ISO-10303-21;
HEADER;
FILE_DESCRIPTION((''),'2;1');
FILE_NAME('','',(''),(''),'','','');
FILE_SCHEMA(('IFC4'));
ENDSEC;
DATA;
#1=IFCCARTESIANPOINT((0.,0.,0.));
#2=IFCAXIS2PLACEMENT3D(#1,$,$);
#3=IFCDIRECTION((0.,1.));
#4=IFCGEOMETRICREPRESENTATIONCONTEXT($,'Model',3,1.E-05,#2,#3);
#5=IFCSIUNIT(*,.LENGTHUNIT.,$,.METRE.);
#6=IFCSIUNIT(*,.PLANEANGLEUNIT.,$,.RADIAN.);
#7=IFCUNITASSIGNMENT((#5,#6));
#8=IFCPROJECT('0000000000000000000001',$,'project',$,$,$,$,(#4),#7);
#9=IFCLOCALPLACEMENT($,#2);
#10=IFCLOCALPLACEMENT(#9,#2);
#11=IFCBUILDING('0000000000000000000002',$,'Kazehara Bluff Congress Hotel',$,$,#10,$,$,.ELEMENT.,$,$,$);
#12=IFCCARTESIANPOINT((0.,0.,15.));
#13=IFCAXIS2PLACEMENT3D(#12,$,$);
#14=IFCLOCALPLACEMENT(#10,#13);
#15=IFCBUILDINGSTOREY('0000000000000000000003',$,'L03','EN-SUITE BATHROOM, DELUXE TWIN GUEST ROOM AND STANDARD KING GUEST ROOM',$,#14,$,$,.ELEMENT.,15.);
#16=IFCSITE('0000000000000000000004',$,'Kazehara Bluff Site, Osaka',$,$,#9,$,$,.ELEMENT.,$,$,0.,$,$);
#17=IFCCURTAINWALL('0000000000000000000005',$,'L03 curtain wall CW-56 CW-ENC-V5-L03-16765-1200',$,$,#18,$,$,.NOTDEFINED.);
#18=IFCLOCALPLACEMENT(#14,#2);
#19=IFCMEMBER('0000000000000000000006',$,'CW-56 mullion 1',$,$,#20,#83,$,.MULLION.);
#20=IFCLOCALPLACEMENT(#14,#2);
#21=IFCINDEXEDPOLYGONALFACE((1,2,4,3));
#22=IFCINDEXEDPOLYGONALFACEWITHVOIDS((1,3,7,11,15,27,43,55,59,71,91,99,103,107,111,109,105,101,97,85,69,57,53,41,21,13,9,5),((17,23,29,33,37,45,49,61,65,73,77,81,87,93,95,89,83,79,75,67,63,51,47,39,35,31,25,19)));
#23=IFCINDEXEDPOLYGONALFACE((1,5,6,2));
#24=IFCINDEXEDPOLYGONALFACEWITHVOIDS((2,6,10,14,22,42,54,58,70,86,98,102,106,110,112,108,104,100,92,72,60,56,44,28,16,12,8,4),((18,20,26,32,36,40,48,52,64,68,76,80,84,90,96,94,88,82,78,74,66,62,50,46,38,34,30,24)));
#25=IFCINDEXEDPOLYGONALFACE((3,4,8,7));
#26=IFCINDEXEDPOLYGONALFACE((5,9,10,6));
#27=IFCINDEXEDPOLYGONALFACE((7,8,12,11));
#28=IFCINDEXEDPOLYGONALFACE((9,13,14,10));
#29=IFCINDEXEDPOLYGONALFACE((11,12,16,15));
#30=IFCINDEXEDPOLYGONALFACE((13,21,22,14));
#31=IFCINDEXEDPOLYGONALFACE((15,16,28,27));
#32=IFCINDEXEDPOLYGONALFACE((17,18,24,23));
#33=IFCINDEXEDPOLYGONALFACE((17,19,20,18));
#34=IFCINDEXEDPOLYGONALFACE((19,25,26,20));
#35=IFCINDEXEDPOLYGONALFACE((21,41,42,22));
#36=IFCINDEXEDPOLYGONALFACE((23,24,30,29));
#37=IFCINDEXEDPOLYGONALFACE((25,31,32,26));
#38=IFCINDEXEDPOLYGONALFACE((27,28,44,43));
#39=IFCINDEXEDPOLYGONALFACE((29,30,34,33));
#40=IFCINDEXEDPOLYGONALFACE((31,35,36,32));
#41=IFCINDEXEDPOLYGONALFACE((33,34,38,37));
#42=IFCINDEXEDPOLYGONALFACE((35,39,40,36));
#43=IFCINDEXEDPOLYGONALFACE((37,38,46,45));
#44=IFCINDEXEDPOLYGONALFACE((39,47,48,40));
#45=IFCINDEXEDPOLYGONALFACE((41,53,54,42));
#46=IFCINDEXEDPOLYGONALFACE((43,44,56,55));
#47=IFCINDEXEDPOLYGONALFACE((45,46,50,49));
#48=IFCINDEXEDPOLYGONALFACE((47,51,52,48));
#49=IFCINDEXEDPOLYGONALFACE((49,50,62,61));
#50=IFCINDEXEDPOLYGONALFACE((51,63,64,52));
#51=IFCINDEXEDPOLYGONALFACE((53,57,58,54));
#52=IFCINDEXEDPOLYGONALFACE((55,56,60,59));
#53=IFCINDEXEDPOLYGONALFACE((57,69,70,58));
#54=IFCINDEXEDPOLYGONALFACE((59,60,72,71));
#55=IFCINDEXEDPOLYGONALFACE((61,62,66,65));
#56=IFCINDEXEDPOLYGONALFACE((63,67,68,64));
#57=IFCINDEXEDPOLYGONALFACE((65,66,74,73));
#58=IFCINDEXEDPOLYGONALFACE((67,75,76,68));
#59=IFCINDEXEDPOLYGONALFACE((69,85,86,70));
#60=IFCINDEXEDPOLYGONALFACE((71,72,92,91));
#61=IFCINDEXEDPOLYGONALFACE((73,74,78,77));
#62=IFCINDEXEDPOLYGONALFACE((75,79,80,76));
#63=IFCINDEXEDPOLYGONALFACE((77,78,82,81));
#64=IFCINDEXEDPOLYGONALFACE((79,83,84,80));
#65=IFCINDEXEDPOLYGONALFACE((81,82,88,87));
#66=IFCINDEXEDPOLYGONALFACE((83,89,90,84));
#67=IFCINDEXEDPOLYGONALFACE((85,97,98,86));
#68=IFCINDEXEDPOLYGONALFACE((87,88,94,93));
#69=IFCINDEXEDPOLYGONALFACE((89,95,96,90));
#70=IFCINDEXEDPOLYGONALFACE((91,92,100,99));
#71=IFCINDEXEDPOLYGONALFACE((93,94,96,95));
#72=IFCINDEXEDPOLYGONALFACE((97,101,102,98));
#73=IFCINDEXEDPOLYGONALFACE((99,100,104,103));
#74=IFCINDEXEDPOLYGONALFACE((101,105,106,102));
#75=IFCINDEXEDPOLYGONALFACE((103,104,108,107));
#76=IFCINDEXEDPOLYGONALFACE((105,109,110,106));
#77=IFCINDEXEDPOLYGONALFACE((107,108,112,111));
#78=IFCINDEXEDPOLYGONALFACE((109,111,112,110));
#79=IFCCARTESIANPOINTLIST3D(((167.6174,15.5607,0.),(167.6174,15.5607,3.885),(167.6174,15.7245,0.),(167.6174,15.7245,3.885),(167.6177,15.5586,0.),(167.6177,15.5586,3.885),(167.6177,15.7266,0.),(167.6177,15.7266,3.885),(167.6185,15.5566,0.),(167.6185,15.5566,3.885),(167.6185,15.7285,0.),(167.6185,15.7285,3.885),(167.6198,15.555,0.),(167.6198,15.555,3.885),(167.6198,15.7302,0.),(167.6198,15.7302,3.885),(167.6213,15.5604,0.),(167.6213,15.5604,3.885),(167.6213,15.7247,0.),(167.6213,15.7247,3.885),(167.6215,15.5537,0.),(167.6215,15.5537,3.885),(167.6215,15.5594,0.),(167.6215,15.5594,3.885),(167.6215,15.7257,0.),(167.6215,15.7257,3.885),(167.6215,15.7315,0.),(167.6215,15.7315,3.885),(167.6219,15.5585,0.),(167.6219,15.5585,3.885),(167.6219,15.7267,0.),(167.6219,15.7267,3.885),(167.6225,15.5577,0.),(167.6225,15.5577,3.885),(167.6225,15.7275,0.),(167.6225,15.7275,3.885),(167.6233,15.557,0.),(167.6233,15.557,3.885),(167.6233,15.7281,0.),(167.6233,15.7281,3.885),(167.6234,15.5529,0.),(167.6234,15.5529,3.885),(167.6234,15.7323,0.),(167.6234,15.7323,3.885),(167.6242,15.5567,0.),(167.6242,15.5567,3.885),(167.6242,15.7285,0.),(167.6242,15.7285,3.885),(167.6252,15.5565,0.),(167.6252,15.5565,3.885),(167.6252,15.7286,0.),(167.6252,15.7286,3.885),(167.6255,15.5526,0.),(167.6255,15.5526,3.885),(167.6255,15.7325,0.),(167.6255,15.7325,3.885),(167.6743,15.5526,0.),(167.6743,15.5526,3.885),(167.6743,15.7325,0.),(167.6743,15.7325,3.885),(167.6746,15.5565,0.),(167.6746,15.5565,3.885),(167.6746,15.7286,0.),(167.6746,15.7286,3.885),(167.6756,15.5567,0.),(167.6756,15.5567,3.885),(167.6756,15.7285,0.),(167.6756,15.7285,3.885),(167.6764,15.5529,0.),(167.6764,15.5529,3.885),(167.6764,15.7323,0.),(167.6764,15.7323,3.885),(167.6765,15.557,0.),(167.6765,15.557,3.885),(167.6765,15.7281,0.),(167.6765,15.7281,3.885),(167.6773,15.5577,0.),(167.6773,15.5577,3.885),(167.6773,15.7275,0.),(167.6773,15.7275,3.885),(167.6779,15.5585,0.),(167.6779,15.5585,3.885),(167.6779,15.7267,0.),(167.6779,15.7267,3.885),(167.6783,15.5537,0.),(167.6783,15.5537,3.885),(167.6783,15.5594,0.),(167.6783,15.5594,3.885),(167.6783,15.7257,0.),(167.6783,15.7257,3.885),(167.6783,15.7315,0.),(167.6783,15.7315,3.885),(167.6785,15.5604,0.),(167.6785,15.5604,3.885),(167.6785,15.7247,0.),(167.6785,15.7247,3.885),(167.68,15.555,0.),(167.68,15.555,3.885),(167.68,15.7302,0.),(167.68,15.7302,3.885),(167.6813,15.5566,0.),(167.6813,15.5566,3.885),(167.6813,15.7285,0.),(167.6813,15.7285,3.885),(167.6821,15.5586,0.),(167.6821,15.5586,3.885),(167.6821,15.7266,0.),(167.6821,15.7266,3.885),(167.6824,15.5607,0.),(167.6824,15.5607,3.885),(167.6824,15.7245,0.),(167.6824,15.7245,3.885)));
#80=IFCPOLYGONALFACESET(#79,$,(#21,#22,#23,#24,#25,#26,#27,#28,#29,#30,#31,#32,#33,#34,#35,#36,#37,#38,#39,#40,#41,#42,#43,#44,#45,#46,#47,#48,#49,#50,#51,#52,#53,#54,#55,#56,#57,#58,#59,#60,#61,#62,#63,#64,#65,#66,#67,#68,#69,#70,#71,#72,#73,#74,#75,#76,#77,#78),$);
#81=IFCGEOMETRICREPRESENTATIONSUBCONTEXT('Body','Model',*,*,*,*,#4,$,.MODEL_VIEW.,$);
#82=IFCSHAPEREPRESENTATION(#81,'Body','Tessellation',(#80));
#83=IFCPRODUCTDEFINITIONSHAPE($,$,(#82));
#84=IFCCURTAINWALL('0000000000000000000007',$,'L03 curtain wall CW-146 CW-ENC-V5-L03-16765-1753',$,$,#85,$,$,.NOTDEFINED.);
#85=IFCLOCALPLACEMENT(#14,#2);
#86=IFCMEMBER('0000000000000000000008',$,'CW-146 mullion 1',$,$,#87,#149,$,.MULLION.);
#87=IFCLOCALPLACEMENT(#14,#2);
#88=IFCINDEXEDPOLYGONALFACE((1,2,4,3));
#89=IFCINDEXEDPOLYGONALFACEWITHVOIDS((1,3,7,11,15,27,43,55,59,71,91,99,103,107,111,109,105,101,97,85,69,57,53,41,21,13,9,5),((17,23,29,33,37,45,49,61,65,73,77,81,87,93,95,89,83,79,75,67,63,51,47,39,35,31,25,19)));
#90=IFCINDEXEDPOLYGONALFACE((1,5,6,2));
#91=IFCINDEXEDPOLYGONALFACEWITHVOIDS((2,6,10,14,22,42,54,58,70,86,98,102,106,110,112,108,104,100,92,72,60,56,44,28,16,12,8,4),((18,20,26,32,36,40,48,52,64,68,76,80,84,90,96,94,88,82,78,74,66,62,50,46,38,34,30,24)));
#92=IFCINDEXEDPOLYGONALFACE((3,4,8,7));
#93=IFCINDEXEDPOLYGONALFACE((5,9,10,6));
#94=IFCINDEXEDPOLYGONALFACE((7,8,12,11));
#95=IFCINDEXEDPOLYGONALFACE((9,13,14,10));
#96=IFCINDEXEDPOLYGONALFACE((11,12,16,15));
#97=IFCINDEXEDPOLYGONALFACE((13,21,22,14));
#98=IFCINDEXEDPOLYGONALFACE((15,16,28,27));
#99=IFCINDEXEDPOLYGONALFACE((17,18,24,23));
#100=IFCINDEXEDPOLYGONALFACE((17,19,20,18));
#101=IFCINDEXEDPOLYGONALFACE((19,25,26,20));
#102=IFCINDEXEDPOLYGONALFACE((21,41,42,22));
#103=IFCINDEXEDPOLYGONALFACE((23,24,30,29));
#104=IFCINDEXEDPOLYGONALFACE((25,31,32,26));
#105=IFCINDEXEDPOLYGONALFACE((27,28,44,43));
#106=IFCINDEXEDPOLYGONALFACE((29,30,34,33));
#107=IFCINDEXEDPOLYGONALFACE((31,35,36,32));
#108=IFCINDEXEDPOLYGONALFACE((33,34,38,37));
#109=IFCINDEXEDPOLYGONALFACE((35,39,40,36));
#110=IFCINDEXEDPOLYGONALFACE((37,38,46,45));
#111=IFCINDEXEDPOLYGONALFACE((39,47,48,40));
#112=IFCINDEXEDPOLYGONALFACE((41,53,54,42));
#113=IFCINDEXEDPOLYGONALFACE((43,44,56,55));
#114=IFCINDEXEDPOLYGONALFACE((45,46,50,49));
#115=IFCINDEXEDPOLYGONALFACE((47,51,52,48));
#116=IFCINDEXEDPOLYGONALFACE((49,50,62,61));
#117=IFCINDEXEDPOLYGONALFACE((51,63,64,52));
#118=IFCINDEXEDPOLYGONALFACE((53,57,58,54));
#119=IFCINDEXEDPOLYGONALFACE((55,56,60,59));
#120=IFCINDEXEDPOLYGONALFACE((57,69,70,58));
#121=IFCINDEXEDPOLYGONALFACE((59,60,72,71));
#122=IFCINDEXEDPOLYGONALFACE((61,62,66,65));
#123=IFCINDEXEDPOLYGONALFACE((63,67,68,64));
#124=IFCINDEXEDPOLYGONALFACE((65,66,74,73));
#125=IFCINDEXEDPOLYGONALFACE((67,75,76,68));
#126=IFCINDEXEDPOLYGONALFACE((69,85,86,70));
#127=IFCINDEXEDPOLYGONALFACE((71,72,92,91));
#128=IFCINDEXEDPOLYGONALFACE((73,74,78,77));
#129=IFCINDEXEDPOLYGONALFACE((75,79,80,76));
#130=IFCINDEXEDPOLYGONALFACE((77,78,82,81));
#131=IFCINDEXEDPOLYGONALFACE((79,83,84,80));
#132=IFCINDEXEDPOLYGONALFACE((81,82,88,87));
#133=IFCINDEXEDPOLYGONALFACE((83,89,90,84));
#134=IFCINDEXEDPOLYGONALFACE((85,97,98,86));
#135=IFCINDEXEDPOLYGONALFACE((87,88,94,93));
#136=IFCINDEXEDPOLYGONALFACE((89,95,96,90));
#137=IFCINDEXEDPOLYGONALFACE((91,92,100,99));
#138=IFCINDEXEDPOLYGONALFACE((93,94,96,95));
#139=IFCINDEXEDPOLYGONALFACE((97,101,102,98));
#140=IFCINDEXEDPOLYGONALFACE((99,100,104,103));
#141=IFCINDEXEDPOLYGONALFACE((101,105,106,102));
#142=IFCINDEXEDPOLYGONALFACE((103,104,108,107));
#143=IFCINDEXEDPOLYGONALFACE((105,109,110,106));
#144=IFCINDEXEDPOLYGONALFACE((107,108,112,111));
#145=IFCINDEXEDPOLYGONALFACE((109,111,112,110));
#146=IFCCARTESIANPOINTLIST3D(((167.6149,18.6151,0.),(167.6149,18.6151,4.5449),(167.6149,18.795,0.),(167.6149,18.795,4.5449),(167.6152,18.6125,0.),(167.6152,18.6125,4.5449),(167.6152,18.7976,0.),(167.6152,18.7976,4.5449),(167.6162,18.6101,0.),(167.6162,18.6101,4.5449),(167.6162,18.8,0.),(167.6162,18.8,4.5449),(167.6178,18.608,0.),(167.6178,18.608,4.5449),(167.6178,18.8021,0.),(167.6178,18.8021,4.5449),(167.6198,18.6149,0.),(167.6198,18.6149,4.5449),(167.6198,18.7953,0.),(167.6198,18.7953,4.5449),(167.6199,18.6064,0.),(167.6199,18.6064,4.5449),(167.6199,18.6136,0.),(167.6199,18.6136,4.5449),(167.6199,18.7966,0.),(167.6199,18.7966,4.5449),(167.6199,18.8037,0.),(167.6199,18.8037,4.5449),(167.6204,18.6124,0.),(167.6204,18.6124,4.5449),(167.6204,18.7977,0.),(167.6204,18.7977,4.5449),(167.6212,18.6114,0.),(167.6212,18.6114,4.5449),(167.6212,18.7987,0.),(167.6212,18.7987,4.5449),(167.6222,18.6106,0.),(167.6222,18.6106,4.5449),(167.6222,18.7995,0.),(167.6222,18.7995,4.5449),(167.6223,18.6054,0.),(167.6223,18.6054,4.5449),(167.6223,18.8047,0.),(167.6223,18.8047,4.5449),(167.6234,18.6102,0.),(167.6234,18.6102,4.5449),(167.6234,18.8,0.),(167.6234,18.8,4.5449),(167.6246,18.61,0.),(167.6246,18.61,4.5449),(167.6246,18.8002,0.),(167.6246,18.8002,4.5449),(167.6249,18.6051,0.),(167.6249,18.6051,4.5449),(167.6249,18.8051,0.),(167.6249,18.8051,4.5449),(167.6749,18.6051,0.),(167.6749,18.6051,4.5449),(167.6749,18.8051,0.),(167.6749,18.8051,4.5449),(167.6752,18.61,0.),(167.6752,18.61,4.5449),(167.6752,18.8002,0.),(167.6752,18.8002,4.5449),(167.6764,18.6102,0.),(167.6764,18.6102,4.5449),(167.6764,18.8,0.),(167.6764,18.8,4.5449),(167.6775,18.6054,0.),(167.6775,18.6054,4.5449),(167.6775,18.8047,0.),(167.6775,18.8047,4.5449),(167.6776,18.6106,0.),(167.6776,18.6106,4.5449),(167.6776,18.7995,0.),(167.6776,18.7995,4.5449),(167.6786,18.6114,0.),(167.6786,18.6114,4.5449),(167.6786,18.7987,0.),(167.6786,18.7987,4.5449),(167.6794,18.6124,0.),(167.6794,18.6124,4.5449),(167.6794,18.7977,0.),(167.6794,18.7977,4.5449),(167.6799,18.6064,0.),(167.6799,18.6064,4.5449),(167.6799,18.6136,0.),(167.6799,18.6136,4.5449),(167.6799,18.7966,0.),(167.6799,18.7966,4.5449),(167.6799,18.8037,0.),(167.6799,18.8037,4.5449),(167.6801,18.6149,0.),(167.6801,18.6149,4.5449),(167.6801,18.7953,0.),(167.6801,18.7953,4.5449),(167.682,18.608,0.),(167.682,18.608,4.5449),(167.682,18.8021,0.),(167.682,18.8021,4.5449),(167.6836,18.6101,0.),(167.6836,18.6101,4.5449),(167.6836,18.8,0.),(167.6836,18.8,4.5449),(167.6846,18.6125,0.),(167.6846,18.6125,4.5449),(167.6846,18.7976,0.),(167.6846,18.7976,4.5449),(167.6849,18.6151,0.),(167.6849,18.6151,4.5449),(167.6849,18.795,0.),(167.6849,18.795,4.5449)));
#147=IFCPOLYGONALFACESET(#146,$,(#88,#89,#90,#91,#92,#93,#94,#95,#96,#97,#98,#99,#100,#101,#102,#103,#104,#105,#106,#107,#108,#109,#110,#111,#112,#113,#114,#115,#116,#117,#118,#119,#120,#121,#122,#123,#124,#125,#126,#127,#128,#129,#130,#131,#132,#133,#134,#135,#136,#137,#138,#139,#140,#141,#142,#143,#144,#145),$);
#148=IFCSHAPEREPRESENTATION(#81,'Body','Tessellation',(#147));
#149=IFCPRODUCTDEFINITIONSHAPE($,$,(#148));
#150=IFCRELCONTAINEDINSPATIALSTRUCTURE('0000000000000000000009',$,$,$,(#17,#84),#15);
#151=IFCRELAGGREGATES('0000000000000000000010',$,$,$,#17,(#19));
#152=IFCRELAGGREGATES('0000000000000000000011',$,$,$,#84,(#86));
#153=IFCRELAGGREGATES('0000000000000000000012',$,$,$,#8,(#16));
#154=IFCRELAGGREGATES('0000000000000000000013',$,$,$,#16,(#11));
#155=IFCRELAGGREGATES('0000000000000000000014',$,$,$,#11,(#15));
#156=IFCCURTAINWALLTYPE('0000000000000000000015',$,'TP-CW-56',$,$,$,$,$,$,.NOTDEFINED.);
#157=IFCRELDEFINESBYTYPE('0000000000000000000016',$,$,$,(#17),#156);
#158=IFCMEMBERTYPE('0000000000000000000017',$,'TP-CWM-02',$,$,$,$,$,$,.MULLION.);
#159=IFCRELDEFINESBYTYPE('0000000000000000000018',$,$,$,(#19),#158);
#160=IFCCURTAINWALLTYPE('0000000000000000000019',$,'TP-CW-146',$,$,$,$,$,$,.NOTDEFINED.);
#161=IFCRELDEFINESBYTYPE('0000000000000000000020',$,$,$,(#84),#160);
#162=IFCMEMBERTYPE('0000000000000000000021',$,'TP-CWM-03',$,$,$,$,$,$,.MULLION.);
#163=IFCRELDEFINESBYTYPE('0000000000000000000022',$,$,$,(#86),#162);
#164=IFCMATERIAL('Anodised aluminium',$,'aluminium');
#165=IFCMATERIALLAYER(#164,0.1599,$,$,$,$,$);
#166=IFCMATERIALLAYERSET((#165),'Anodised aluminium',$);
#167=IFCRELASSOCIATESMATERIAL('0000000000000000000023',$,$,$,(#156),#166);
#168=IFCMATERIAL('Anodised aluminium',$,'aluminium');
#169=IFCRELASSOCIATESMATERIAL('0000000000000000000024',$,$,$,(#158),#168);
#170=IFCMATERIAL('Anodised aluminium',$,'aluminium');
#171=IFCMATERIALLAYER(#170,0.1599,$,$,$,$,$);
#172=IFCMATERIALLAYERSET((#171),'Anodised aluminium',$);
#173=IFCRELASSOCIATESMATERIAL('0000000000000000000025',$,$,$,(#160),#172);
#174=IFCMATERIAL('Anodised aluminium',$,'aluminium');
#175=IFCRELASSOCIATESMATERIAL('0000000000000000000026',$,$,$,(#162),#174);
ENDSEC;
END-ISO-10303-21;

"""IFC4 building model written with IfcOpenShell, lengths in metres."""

from ifc_helpers import new_model, si_unit, direction, frame, origin, origin_2d, place, context, subcontext, project, spatial, hollow_rectangle, extrude, material, layer, layer_set, material_profile, profile_set, type_object, element, aggregate, save


model = new_model("IFC4")

# Units and contexts
model_context = context("Model", 3, precision=1e-05, world=origin(), true_north=direction((0.0, 1.0)))
body_context = subcontext(model_context, "Body", "Model", "MODEL_VIEW")
ifc_project = project(units=[si_unit("LENGTHUNIT", "METRE"), si_unit("PLANEANGLEUNIT", "RADIAN")], contexts=[model_context])

# Site, building, storey
site_placement = place(None, origin())
site = spatial("IfcSite", under=ifc_project, at=site_placement, Name="Kazehara Bluff Site, Osaka", CompositionType="ELEMENT", RefElevation=0.0)
building_placement = place(site_placement, origin())
building = spatial("IfcBuilding", under=site, at=building_placement, Name="Kazehara Bluff Congress Hotel", CompositionType="ELEMENT")
storey_placement = place(building_placement, frame((0.0, 0.0, 15.0)))
storey = spatial("IfcBuildingStorey", under=building, at=storey_placement, Name="L03", Description="EN-SUITE BATHROOM, DELUXE TWIN GUEST ROOM AND STANDARD KING GUEST ROOM", CompositionType="ELEMENT", Elevation=15.0)

# Curtain wall, member
ifc_material_1 = material(Name="Anodised aluminium", Category="aluminium")
ifc_layer_1 = layer(ifc_material_1, 0.1599)
ifc_layer_set_1 = layer_set([ifc_layer_1], Name="Anodised aluminium")
curtain_wall_type_1 = type_object("IfcCurtainWallType", Name="TP-CW-56", PredefinedType="NOTDEFINED", material=ifc_layer_set_1)
curtain_wall_1_placement = place(storey_placement, origin())
curtain_wall_1 = element("IfcCurtainWall", 1, at=curtain_wall_1_placement, inside=storey, type_object=curtain_wall_type_1, Name="L03 curtain wall CW-56 CW-ENC-V5-L03-16765-1200", PredefinedType="NOTDEFINED")
ifc_material_2 = material(Name="Anodised aluminium", Category="aluminium")
ifc_material_profile_1 = material_profile(ifc_material_2, hollow_rectangle(XDim=0.0649, YDim=0.1799, WallThickness=0.0039, InnerFilletRadius=0.0039, OuterFilletRadius=0.0081, at=origin_2d()))
ifc_profile_set_1 = profile_set([ifc_material_profile_1], Name="Anodised aluminium")
member_type_1 = type_object("IfcMemberType", Name="TP-CWM-02", PredefinedType="MULLION", material=ifc_profile_set_1)
member_1_placement = place(storey_placement, frame((167.6499, 15.6426, 0.0), z_axis=(0.0, 0.0, 1.0), x_axis=(1.0, 0.0, 0.0)))
member_1 = element("IfcMember", 2, at=member_1_placement, type_object=member_type_1, Name="CW-56 mullion 1", PredefinedType="MULLION", context=body_context, shape_type="SweptSolid", body=[
    extrude(hollow_rectangle(XDim=0.0649, YDim=0.1799, WallThickness=0.0039, InnerFilletRadius=0.0039, OuterFilletRadius=0.0081, at=origin_2d()), origin(), (0.0, 0.0, 1.0), 3.885),
])

# Curtain wall, member
ifc_material_3 = material(Name="Anodised aluminium", Category="aluminium")
ifc_layer_2 = layer(ifc_material_3, 0.1599)
ifc_layer_set_2 = layer_set([ifc_layer_2], Name="Anodised aluminium")
curtain_wall_type_2 = type_object("IfcCurtainWallType", Name="TP-CW-146", PredefinedType="NOTDEFINED", material=ifc_layer_set_2)
curtain_wall_2_placement = place(storey_placement, origin())
curtain_wall_2 = element("IfcCurtainWall", 3, at=curtain_wall_2_placement, inside=storey, type_object=curtain_wall_type_2, Name="L03 curtain wall CW-146 CW-ENC-V5-L03-16765-1753", PredefinedType="NOTDEFINED")
ifc_material_4 = material(Name="Anodised aluminium", Category="aluminium")
ifc_material_profile_2 = material_profile(ifc_material_4, hollow_rectangle(XDim=0.0701, YDim=0.2, WallThickness=0.0049, InnerFilletRadius=0.0049, OuterFilletRadius=0.01, at=origin_2d()))
ifc_profile_set_2 = profile_set([ifc_material_profile_2], Name="Anodised aluminium")
member_type_2 = type_object("IfcMemberType", Name="TP-CWM-03", PredefinedType="MULLION", material=ifc_profile_set_2)
member_2_placement = place(storey_placement, frame((167.6499, 18.7051, 0.0), z_axis=(0.0, 0.0, 1.0), x_axis=(1.0, 0.0, 0.0)))
member_2 = element("IfcMember", 4, at=member_2_placement, type_object=member_type_2, Name="CW-146 mullion 1", PredefinedType="MULLION", context=body_context, shape_type="SweptSolid", body=[
    extrude(hollow_rectangle(XDim=0.0701, YDim=0.2, WallThickness=0.0049, InnerFilletRadius=0.0049, OuterFilletRadius=0.01, at=origin_2d()), origin(), (0.0, 0.0, 1.0), 4.5449),
])

aggregate(curtain_wall_1, [member_1])

aggregate(curtain_wall_2, [member_2])

save(model, "model.ifc")
